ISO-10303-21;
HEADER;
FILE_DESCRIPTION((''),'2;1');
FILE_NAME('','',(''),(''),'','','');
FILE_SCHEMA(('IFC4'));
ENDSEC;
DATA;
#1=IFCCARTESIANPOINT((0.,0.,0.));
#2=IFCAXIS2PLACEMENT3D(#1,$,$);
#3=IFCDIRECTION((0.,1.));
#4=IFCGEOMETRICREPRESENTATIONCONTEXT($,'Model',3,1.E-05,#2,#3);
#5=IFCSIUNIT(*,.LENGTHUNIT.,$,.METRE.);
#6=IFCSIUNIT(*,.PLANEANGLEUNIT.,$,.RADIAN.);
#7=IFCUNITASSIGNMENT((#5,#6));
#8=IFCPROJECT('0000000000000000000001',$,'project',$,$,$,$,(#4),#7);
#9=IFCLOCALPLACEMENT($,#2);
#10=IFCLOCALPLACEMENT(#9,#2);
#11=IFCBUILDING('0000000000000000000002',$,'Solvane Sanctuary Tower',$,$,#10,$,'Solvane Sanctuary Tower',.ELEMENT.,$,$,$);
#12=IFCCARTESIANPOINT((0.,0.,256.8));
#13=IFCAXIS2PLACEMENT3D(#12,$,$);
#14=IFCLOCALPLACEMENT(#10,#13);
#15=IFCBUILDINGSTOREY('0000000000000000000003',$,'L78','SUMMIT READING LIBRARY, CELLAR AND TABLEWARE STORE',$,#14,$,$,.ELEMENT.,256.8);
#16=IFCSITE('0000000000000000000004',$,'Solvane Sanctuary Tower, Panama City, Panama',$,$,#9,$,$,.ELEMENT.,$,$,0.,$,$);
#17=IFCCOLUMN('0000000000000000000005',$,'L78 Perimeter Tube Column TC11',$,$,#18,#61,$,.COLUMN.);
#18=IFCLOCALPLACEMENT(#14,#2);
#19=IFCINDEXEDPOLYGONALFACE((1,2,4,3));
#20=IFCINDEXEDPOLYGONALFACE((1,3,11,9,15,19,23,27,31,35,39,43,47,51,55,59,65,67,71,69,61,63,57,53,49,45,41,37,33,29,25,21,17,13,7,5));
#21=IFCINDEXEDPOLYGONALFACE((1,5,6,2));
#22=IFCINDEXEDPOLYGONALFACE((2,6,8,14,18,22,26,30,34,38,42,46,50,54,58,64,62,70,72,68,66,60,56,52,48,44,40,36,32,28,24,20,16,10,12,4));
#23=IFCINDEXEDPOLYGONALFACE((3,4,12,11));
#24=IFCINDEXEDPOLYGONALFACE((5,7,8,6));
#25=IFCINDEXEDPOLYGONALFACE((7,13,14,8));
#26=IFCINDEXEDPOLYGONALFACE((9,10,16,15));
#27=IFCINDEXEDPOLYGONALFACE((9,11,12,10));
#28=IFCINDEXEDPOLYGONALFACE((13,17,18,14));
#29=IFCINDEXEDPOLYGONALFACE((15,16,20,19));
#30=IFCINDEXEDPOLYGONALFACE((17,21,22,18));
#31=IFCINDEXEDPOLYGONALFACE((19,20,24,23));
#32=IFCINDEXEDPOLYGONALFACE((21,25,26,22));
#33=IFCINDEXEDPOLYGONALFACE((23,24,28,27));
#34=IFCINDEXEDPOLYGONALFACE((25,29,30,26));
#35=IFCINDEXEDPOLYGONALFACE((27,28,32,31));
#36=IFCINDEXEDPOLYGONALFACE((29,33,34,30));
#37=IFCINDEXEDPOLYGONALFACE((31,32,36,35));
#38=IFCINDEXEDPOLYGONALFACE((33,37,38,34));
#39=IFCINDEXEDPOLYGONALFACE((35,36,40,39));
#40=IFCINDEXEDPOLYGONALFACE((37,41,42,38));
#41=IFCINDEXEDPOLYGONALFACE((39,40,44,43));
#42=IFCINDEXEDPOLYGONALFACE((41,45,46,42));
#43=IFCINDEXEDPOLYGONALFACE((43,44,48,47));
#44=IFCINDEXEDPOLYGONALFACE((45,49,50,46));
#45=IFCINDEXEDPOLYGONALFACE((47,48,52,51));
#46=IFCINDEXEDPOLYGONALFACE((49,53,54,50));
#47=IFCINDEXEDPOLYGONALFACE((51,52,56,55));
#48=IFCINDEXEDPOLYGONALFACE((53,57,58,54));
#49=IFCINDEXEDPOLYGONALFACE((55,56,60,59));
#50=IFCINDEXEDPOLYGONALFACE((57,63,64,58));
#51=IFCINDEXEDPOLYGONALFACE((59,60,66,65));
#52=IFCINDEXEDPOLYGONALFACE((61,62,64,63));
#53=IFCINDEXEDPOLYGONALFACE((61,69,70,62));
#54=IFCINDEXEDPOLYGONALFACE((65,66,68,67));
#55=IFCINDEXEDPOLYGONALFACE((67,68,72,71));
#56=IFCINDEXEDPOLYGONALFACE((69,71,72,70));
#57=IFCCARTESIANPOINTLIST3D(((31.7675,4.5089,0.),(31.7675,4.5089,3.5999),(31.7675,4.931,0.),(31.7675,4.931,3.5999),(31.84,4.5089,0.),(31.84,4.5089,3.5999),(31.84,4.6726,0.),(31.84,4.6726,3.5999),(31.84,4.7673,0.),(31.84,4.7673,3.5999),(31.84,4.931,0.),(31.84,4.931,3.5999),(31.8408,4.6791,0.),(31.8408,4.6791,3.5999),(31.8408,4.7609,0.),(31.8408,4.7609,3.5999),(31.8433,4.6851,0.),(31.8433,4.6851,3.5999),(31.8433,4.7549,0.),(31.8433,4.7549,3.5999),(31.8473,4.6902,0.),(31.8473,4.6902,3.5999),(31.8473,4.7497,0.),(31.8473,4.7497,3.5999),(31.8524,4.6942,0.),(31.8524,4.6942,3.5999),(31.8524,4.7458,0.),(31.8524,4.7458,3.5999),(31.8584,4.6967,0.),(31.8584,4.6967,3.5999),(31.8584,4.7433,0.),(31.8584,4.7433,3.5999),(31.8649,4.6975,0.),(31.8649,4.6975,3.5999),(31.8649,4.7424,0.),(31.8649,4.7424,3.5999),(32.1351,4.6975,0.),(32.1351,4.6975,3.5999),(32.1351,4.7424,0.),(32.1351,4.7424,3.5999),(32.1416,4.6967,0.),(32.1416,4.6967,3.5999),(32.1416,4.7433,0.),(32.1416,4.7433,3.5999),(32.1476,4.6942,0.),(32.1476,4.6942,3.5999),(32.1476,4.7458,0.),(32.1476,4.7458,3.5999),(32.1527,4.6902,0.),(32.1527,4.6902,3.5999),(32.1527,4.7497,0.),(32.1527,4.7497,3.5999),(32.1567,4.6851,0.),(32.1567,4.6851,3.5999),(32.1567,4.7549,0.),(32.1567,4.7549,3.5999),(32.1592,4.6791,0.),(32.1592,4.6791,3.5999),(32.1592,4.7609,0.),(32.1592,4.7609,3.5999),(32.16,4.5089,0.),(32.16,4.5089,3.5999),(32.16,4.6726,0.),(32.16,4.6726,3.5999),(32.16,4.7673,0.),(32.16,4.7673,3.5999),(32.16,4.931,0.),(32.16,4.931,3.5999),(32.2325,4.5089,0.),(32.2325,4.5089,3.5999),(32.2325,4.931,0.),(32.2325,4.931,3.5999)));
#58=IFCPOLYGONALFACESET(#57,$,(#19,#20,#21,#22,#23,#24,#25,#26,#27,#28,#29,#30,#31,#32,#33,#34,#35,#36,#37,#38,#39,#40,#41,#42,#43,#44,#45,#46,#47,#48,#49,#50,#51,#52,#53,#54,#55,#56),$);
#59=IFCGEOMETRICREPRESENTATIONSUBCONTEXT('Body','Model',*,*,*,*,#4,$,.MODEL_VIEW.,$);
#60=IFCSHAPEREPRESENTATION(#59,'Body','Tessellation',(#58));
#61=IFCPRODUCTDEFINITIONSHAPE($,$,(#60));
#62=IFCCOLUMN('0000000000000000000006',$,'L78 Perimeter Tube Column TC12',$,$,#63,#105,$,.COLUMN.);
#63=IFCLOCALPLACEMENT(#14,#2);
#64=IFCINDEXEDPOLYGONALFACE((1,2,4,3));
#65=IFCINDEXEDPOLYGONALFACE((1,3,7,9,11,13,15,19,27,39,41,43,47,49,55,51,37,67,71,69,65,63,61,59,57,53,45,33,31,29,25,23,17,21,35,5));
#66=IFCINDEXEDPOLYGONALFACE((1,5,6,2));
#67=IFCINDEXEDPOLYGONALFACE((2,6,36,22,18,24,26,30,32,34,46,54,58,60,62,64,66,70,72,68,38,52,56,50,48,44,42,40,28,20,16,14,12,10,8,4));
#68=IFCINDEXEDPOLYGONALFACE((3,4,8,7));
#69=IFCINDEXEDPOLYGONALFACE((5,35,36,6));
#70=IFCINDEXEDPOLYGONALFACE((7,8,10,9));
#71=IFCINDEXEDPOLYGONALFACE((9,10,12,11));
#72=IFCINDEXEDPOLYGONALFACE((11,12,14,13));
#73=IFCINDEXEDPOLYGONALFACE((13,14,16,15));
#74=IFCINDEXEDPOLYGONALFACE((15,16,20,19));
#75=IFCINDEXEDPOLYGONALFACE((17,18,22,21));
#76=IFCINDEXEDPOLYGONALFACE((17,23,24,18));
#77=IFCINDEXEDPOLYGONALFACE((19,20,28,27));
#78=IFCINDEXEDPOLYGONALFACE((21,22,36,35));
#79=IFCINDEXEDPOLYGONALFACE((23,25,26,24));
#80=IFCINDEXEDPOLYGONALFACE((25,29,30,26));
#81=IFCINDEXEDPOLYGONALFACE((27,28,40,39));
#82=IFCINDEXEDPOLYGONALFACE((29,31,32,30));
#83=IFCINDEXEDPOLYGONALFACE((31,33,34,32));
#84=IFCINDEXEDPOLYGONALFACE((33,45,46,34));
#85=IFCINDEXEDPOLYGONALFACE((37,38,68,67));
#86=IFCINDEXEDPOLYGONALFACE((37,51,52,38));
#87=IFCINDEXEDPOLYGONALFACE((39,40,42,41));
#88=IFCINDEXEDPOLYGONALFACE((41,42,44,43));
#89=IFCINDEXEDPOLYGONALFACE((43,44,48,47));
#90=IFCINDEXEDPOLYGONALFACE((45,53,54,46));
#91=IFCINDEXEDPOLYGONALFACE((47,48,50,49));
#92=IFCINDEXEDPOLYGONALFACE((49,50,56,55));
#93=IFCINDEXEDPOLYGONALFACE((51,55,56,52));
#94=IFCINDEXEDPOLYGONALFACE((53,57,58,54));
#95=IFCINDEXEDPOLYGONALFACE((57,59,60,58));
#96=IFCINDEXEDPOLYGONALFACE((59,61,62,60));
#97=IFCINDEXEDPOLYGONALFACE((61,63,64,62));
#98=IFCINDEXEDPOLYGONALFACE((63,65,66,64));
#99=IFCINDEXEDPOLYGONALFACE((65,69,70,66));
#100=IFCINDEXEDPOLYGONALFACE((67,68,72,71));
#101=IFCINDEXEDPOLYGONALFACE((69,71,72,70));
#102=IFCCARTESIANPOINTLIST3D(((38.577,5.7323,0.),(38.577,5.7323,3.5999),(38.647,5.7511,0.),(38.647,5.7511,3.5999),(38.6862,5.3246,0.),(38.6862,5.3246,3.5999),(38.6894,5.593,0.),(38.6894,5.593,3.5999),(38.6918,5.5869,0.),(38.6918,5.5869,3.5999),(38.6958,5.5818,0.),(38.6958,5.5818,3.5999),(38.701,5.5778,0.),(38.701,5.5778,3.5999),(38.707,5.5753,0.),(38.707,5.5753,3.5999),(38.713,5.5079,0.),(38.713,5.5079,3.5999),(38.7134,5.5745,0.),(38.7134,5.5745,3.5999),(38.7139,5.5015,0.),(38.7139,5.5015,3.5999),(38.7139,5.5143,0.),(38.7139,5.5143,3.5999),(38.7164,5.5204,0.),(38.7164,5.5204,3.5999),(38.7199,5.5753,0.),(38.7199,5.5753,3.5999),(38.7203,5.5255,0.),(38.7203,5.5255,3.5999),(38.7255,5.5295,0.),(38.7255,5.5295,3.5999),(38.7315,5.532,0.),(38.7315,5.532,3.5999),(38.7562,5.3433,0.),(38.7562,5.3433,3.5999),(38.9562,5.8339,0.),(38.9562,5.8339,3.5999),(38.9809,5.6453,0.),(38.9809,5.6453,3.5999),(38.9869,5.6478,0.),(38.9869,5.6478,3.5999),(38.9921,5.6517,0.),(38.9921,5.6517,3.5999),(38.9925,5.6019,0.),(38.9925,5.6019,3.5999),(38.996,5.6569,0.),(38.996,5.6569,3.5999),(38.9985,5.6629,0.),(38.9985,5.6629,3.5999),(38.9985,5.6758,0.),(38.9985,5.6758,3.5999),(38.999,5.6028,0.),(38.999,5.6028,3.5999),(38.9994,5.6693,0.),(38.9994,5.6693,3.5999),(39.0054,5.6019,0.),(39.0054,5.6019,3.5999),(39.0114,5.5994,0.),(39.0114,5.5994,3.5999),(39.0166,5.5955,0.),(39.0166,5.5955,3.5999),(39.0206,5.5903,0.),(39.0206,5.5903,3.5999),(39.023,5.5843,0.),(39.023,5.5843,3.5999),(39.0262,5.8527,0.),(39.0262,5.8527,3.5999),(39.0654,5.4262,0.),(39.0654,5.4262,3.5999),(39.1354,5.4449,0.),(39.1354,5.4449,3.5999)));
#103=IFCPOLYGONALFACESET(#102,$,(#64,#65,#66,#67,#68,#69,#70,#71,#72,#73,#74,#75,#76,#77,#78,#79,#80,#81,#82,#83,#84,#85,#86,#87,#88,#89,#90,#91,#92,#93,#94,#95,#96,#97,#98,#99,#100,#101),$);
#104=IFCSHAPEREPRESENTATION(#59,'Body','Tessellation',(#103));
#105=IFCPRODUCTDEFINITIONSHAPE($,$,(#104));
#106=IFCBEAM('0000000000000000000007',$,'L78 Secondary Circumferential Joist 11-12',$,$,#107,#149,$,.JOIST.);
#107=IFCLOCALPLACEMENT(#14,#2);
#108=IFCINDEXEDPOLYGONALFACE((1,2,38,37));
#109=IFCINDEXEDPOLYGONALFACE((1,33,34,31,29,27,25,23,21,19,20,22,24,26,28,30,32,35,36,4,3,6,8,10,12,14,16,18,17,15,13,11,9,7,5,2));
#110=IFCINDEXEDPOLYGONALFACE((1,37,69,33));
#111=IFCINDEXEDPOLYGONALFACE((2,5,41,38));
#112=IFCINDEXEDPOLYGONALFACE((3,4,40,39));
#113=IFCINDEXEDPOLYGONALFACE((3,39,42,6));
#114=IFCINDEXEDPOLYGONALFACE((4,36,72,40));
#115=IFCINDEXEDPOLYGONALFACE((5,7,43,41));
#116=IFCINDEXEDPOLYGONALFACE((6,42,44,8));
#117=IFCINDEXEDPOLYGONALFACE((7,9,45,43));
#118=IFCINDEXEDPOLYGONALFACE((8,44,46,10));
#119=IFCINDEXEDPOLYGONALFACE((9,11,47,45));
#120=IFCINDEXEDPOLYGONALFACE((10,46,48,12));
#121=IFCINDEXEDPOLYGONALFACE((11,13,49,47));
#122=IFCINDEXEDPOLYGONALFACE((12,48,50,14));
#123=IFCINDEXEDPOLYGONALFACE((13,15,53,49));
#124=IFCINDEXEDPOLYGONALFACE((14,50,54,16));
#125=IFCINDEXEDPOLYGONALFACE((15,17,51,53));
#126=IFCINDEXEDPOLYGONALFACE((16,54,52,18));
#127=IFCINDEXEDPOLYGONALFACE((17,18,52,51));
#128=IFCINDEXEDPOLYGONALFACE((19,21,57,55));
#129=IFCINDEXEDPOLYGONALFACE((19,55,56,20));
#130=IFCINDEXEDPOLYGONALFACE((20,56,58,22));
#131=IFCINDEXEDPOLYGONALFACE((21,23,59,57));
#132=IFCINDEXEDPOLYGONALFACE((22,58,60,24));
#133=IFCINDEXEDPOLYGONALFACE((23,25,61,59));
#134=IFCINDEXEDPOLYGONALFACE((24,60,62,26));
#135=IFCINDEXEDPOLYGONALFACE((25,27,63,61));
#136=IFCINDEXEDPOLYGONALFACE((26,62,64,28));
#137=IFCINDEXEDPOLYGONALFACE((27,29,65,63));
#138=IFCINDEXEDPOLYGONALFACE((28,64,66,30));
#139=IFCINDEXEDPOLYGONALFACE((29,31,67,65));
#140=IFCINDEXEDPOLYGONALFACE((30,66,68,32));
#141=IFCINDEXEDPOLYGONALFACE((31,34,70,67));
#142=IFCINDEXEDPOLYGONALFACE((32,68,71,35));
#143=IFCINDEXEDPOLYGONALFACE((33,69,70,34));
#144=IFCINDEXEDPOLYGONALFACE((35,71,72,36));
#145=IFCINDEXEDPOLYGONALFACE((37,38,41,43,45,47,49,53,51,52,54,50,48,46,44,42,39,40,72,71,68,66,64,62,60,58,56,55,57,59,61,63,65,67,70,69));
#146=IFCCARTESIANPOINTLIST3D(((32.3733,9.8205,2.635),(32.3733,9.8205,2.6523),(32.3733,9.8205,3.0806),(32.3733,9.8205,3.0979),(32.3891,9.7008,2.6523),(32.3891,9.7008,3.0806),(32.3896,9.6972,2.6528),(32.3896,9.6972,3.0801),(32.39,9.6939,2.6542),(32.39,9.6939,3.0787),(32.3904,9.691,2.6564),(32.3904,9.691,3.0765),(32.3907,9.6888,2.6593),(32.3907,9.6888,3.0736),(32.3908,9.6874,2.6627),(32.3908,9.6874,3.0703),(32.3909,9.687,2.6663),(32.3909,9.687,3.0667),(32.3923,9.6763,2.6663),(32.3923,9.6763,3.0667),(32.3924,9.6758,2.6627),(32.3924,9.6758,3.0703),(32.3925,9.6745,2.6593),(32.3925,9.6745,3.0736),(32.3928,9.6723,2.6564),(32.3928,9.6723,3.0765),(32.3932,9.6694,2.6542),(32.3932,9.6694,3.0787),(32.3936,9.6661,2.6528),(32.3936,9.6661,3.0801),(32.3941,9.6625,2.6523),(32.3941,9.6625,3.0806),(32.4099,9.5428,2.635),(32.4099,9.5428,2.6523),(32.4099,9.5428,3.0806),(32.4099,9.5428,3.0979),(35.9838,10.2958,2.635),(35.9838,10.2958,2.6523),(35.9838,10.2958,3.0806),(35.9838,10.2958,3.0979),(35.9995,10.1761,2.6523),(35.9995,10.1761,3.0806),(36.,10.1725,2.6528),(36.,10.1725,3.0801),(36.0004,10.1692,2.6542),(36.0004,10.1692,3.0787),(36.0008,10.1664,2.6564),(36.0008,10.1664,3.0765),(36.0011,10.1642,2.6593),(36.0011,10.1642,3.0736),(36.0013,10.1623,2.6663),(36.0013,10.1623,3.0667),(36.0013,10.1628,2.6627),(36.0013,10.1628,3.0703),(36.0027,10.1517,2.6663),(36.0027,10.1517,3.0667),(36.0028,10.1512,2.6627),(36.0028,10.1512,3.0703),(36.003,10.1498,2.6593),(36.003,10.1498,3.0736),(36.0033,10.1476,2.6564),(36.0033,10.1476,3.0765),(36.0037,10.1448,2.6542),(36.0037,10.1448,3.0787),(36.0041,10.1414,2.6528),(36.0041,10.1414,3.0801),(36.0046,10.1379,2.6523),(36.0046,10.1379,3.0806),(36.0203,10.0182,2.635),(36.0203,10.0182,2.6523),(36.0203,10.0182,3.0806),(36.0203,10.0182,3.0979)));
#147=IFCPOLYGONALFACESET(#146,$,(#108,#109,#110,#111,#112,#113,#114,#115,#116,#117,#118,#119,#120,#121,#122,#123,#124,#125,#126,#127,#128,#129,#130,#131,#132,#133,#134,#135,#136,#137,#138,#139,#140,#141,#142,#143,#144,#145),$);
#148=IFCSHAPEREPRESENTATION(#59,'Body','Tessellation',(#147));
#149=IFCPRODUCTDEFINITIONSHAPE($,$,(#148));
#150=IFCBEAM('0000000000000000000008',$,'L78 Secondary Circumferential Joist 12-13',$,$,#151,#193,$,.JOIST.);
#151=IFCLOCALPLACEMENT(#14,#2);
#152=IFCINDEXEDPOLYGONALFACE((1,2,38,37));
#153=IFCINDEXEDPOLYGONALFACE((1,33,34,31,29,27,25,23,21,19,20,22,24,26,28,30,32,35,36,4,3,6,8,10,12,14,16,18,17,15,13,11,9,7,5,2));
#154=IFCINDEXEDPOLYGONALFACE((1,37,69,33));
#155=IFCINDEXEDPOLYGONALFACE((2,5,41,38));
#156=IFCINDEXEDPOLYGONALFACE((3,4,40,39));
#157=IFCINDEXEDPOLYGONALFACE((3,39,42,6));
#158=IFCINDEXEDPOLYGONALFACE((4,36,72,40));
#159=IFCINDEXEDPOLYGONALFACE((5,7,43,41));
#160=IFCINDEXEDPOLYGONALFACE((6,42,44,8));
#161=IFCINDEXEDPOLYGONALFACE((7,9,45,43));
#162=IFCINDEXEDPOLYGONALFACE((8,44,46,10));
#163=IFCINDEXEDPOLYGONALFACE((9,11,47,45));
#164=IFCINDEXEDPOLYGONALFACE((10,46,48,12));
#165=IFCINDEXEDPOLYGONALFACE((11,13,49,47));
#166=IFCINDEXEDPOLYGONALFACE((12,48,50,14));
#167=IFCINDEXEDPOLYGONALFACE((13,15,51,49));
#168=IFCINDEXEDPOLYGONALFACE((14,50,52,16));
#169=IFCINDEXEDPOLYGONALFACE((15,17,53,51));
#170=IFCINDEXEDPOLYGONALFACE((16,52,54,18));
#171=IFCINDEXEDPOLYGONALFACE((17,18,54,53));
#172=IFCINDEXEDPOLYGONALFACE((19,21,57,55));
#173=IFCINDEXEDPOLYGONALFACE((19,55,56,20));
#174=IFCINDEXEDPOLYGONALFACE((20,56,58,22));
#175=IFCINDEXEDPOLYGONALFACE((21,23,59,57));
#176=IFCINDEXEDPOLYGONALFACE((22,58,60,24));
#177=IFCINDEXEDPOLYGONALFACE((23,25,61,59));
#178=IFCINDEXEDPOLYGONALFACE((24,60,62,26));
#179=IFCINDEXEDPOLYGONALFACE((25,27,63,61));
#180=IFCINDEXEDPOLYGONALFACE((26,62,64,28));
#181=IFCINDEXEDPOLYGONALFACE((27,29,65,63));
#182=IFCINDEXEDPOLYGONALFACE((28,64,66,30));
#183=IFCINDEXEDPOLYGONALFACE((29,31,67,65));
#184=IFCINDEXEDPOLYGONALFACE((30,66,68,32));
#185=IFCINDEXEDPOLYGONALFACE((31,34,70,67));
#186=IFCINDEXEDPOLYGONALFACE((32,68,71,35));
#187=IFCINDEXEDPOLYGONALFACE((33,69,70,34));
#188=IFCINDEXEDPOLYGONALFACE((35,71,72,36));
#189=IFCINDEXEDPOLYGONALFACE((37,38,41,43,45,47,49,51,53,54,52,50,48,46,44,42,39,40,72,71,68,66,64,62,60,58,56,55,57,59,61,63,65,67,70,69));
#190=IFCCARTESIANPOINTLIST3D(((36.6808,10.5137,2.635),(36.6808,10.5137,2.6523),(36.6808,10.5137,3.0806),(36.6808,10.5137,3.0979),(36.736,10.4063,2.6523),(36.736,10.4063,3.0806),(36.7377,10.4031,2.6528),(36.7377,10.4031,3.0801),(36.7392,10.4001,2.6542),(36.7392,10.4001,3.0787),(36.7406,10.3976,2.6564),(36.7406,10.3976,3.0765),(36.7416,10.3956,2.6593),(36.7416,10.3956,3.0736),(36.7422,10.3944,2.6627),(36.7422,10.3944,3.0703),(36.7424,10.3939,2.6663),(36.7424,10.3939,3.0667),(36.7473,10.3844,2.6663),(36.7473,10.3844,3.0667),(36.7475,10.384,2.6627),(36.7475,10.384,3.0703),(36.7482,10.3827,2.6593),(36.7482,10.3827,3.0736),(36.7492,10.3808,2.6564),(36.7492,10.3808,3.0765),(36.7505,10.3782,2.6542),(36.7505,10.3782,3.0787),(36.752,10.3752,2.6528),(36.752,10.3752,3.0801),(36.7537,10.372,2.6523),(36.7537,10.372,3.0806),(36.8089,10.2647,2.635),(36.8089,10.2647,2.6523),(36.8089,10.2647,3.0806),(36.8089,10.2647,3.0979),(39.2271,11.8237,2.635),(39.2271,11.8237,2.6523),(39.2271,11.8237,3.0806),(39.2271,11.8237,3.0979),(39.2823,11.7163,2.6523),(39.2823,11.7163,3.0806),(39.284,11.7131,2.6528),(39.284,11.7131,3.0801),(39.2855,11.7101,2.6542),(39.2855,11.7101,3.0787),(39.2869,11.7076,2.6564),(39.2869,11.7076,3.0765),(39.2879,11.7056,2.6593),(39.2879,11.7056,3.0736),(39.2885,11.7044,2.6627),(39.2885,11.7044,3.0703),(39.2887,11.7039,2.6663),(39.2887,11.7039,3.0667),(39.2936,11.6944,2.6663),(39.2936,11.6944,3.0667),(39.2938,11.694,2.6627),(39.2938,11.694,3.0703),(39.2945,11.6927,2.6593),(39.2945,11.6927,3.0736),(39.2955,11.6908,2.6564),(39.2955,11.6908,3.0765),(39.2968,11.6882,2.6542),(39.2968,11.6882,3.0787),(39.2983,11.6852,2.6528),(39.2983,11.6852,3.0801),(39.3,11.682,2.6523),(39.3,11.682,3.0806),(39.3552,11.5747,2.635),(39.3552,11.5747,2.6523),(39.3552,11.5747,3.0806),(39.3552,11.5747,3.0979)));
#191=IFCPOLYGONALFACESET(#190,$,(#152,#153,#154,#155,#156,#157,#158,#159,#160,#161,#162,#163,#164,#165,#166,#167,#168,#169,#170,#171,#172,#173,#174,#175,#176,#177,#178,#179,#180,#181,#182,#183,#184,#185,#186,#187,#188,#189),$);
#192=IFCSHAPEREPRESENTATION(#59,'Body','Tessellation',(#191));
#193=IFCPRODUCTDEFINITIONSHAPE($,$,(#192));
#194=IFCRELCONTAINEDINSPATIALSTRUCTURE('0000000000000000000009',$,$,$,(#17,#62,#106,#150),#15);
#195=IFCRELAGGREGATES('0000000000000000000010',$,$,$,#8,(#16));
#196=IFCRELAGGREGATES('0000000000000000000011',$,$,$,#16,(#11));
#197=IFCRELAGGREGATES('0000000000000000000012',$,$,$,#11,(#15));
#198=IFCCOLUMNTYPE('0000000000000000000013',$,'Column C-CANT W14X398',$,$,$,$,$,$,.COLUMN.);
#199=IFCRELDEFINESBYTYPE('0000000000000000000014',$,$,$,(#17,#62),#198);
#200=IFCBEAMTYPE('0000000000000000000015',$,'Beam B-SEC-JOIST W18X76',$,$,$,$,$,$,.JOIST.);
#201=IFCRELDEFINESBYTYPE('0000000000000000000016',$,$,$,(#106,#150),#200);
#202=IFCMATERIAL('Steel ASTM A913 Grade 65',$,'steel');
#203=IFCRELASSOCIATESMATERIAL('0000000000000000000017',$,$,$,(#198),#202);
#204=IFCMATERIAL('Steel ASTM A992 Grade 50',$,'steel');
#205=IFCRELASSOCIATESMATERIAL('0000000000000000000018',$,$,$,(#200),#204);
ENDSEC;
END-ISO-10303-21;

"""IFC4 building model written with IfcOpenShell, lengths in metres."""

from ifc_helpers import new_model, si_unit, direction, frame, origin, origin_2d, place, context, subcontext, project, spatial, i_section, extrude, material, material_profile, profile_set, type_object, element, save


model = new_model("IFC4")

# Units and contexts
model_context = context("Model", 3, precision=1e-05, world=origin(), true_north=direction((0.0, 1.0)))
body_context = subcontext(model_context, "Body", "Model", "MODEL_VIEW")
ifc_project = project(units=[si_unit("LENGTHUNIT", "METRE"), si_unit("PLANEANGLEUNIT", "RADIAN")], contexts=[model_context])

# Site, building, storey
site_placement = place(None, origin())
site = spatial("IfcSite", under=ifc_project, at=site_placement, Name="Solvane Sanctuary Tower, Panama City, Panama", CompositionType="ELEMENT", RefElevation=0.0)
building_placement = place(site_placement, origin())
building = spatial("IfcBuilding", under=site, at=building_placement, Name="Solvane Sanctuary Tower", LongName="Solvane Sanctuary Tower", CompositionType="ELEMENT")
storey_placement = place(building_placement, frame((0.0, 0.0, 256.8)))
storey = spatial("IfcBuildingStorey", under=building, at=storey_placement, Name="L78", Description="SUMMIT READING LIBRARY, CELLAR AND TABLEWARE STORE", CompositionType="ELEMENT", Elevation=256.8)

# Columns
ifc_material_1 = material(Name="Steel ASTM A913 Grade 65", Category="steel")
ifc_material_profile_1 = material_profile(ifc_material_1, i_section(OverallWidth=0.4221, OverallDepth=0.4651, WebThickness=0.0449, FlangeThickness=0.0725, FilletRadius=0.0249, at=origin_2d()), Name="W14X398")
ifc_profile_set_1 = profile_set([ifc_material_profile_1], Name="Steel ASTM A913 Grade 65")
column_type = type_object("IfcColumnType", Name="Column C-CANT W14X398", PredefinedType="COLUMN", material=ifc_profile_set_1)
for number, where, z_axis, x_axis, name in (
    (1, (32.0, 4.72, 0.0), (0.0, 0.0, 1.0), (0.0, -1.0, 0.0), "L78 Perimeter Tube Column TC11"),
    (2, (38.8562, 5.5886, 0.0), (0.0, 0.0, 1.0), (0.258819, -0.965926, 0.0), "L78 Perimeter Tube Column TC12"),
):
    element("IfcColumn", number, at=place(storey_placement, frame(where, z_axis=z_axis, x_axis=x_axis)), inside=storey, type_object=column_type, Name=name, PredefinedType="COLUMN", context=body_context, shape_type="SweptSolid", body=[
        extrude(i_section(OverallWidth=0.4221, OverallDepth=0.4651, WebThickness=0.0449, FlangeThickness=0.0725, FilletRadius=0.0249, at=origin_2d()), origin(), (0.0, 0.0, 1.0), 3.5999),
    ])

# Beams
ifc_material_2 = material(Name="Steel ASTM A992 Grade 50", Category="steel")
ifc_material_profile_2 = material_profile(ifc_material_2, i_section(OverallWidth=0.28, OverallDepth=0.4629, WebThickness=0.0107, FlangeThickness=0.0173, FilletRadius=0.0139, at=origin_2d()), Name="W18X76")
ifc_profile_set_2 = profile_set([ifc_material_profile_2], Name="Steel ASTM A992 Grade 50")
beam_type_1 = type_object("IfcBeamType", Name="Beam B-SEC-JOIST W18X76", PredefinedType="JOIST", material=ifc_profile_set_2)
beam_1_placement = place(storey_placement, frame((32.3916, 9.6816, 2.8665), z_axis=(0.991444, 0.130534, 0.0), x_axis=(-0.130534, 0.991444, 0.0)))
element("IfcBeam", 3, at=beam_1_placement, inside=storey, type_object=beam_type_1, Name="L78 Secondary Circumferential Joist 11-12", PredefinedType="JOIST", context=body_context, shape_type="SweptSolid", body=[
    extrude(i_section(OverallWidth=0.28, OverallDepth=0.4629, WebThickness=0.0107, FlangeThickness=0.0173, FilletRadius=0.0139, at=origin_2d()), origin(), (0.0, 0.0, 1.0), 3.6416),
])
beam_2_placement = place(storey_placement, frame((36.7449, 10.3892, 2.8665), z_axis=(0.889218, 0.457483, 0.0), x_axis=(-0.457483, 0.889218, 0.0)))
element("IfcBeam", 4, at=beam_2_placement, inside=storey, type_object=beam_type_1, Name="L78 Secondary Circumferential Joist 12-13", PredefinedType="JOIST", context=body_context, shape_type="SweptSolid", body=[
    extrude(i_section(OverallWidth=0.28, OverallDepth=0.4629, WebThickness=0.0107, FlangeThickness=0.0173, FilletRadius=0.0139, at=origin_2d()), origin(), (0.0, 0.0, 1.0), 2.8635),
])

save(model, "model.ifc")
